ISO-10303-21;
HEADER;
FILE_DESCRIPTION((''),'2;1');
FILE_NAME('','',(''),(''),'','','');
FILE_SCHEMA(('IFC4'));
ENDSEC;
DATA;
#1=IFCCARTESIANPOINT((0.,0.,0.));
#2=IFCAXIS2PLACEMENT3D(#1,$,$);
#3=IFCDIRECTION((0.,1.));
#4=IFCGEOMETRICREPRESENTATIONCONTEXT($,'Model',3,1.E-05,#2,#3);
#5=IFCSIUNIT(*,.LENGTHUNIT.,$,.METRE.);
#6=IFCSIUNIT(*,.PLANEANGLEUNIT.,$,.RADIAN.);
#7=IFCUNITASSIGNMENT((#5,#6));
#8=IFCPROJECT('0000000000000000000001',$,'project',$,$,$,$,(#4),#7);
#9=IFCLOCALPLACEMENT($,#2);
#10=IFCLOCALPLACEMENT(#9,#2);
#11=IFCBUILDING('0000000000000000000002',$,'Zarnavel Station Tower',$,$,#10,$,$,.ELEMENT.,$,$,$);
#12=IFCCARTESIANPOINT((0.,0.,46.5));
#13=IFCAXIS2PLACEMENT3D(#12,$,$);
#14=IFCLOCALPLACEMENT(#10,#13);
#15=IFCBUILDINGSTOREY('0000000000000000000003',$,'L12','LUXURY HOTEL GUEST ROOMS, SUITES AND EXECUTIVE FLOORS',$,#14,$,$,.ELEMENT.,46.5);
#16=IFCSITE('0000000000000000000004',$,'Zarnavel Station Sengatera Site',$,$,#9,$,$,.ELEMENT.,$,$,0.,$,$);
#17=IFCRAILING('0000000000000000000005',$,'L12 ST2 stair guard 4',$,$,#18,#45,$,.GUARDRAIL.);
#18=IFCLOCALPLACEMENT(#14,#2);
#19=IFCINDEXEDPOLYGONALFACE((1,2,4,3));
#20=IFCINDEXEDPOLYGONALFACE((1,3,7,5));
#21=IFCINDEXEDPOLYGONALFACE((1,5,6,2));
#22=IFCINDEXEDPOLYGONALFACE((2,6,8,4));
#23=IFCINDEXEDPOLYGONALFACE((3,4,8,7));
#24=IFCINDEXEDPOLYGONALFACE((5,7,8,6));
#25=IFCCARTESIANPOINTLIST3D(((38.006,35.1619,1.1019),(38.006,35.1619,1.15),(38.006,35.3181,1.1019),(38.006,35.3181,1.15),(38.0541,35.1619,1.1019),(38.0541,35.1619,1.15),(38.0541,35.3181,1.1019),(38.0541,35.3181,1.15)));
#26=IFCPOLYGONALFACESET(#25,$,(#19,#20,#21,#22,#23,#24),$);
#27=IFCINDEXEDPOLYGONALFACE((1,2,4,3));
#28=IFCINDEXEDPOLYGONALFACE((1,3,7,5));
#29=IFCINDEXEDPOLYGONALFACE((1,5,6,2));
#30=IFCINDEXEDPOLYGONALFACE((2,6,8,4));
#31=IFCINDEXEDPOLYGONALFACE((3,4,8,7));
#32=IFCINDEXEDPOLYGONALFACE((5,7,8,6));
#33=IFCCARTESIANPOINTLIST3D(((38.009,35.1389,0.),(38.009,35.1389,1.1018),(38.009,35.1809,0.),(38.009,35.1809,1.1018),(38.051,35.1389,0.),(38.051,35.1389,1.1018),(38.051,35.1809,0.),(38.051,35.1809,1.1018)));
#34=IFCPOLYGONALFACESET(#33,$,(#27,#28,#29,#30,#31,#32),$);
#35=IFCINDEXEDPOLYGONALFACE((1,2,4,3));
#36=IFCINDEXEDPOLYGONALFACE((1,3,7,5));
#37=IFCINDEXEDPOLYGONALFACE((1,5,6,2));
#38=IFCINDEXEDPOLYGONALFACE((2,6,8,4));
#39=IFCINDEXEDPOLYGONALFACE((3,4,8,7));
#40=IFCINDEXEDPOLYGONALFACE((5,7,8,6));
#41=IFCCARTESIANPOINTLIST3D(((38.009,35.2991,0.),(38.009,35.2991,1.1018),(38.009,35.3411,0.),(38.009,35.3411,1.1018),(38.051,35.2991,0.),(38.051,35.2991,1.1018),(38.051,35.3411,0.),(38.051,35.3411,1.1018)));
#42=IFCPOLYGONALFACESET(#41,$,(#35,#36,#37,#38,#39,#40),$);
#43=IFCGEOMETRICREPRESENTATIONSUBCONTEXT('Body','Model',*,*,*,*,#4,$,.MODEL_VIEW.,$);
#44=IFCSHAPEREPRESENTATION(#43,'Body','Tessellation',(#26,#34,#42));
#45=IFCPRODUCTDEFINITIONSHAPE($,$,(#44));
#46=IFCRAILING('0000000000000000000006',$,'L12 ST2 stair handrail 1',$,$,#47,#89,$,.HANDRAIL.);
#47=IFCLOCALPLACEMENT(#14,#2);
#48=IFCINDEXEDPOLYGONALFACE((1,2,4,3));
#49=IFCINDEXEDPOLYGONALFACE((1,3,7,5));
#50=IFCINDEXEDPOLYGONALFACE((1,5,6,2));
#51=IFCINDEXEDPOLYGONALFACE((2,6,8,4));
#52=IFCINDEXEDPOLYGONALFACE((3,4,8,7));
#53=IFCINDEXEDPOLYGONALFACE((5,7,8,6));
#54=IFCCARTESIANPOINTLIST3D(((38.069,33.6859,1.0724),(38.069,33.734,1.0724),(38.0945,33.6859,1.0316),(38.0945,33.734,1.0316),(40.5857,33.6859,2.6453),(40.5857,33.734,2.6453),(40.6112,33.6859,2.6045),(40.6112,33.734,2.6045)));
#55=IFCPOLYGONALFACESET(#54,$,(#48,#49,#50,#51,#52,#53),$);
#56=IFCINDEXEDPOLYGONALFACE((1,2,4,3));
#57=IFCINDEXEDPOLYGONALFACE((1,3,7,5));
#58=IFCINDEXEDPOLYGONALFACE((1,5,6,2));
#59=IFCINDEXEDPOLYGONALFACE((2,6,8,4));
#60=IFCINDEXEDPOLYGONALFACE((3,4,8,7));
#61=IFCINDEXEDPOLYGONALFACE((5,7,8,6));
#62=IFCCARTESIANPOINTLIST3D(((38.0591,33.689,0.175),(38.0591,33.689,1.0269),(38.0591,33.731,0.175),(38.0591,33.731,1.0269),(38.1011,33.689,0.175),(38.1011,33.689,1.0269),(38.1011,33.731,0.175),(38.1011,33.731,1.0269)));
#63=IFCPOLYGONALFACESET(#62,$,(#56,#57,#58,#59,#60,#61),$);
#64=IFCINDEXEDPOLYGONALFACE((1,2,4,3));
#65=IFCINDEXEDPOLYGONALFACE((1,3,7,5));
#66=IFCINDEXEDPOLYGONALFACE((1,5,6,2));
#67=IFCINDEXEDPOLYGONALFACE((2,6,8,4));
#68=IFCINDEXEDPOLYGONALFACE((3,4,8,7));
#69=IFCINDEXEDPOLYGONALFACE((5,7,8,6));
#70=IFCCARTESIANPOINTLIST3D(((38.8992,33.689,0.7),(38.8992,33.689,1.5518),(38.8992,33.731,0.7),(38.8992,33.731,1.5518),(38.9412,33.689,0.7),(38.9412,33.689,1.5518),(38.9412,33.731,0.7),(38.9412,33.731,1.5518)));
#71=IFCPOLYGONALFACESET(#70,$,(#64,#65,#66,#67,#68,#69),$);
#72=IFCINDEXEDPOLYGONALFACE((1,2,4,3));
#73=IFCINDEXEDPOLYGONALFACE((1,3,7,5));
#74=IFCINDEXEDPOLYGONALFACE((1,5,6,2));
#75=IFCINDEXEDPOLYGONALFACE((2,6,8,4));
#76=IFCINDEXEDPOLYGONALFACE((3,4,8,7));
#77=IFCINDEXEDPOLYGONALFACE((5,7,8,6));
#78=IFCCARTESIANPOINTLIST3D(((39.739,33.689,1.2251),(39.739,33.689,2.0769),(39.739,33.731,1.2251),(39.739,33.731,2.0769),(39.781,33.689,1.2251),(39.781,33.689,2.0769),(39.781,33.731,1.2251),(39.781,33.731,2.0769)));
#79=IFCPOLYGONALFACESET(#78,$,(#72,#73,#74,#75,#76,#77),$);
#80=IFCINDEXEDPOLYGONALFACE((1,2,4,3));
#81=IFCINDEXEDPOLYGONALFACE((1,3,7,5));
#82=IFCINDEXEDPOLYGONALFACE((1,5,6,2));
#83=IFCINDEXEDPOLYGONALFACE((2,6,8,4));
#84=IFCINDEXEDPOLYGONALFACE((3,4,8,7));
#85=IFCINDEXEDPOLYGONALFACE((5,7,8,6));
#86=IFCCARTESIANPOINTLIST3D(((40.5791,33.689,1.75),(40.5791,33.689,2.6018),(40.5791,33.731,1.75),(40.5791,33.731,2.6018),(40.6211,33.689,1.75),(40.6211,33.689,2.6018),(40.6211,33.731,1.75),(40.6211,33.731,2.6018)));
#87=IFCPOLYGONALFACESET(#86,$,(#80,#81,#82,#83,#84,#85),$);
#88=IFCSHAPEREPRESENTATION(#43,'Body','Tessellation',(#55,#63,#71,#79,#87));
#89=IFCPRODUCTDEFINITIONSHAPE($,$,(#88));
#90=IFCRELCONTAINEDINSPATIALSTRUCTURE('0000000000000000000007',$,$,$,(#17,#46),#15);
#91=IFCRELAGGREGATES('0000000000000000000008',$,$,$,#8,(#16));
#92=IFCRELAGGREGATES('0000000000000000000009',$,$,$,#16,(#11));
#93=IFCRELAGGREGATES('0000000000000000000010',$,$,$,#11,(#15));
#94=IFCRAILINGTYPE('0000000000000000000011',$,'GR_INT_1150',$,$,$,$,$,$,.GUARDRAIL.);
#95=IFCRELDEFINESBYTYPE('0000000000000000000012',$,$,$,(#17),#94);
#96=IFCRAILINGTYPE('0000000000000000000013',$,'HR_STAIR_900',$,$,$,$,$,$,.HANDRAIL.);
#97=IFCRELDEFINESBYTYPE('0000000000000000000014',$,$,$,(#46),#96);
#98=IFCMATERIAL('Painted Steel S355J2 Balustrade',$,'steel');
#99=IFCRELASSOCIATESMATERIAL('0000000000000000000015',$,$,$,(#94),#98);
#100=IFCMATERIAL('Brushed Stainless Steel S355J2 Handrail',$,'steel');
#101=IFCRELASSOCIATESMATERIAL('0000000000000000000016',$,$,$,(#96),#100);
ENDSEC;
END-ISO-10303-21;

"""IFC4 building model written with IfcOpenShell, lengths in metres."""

from ifc_helpers import new_model, si_unit, direction, frame, origin, origin_2d, place, context, subcontext, project, spatial, rectangle, extrude, material, type_object, element, save


model = new_model("IFC4")

# Units and contexts
model_context = context("Model", 3, precision=1e-05, world=origin(), true_north=direction((0.0, 1.0)))
body_context = subcontext(model_context, "Body", "Model", "MODEL_VIEW")
ifc_project = project(units=[si_unit("LENGTHUNIT", "METRE"), si_unit("PLANEANGLEUNIT", "RADIAN")], contexts=[model_context])

# Site, building, storey
site_placement = place(None, origin())
site = spatial("IfcSite", under=ifc_project, at=site_placement, Name="Zarnavel Station Sengatera Site", CompositionType="ELEMENT", RefElevation=0.0)
building_placement = place(site_placement, origin())
building = spatial("IfcBuilding", under=site, at=building_placement, Name="Zarnavel Station Tower", CompositionType="ELEMENT")
storey_placement = place(building_placement, frame((0.0, 0.0, 46.5)))
storey = spatial("IfcBuildingStorey", under=building, at=storey_placement, Name="L12", Description="LUXURY HOTEL GUEST ROOMS, SUITES AND EXECUTIVE FLOORS", CompositionType="ELEMENT", Elevation=46.5)

# Railings
ifc_material_1 = material(Name="Painted Steel S355J2 Balustrade", Category="steel")
railing_type_1 = type_object("IfcRailingType", Name="GR_INT_1150", PredefinedType="GUARDRAIL", material=ifc_material_1)
railing_1_placement = place(storey_placement, frame((38.03, 35.1599, 0.0)))
element("IfcRailing", 1, at=railing_1_placement, inside=storey, type_object=railing_type_1, Name="L12 ST2 stair guard 4", PredefinedType="GUARDRAIL", context=body_context, shape_type="SweptSolid", body=[
    extrude(rectangle(XDim=0.0481, YDim=0.0481, at=origin_2d()), frame((0.0, 0.002, 1.126), z_axis=(0.0, 1.0, 0.0), x_axis=(-1.0, 0.0, 0.0)), (0.0, 0.0, 1.0), 0.1562),
    extrude(rectangle(XDim=0.042, YDim=0.042, at=origin_2d()), origin(), (0.0, 0.0, 1.0), 1.1018),
    extrude(rectangle(XDim=0.042, YDim=0.042, at=origin_2d()), frame((0.0, 0.1602, 0.0)), (0.0, 0.0, 1.0), 1.1018),
])
ifc_material_2 = material(Name="Brushed Stainless Steel S355J2 Handrail", Category="steel")
railing_type_2 = type_object("IfcRailingType", Name="HR_STAIR_900", PredefinedType="HANDRAIL", material=ifc_material_2)
railing_2_placement = place(storey_placement, frame((38.0801, 33.71, 0.175)))
element("IfcRailing", 2, at=railing_2_placement, inside=storey, type_object=railing_type_2, Name="L12 ST2 stair handrail 1", PredefinedType="HANDRAIL", context=body_context, shape_type="SweptSolid", body=[
    extrude(rectangle(XDim=0.0481, YDim=0.0481, at=origin_2d()), frame((0.0017, 0.0, 0.877), z_axis=(0.848008, 0.0, 0.529984), x_axis=(0.0, 1.0, 0.0)), (0.0, 0.0, 1.0), 2.9678),
    extrude(rectangle(XDim=0.042, YDim=0.042, at=origin_2d()), origin(), (0.0, 0.0, 1.0), 0.8518),
    extrude(rectangle(XDim=0.042, YDim=0.042, at=origin_2d()), frame((0.8401, 0.0, 0.5249)), (0.0, 0.0, 1.0), 0.8518),
    extrude(rectangle(XDim=0.042, YDim=0.042, at=origin_2d()), frame((1.6799, 0.0, 1.05)), (0.0, 0.0, 1.0), 0.8518),
    extrude(rectangle(XDim=0.042, YDim=0.042, at=origin_2d()), frame((2.52, 0.0, 1.575)), (0.0, 0.0, 1.0), 0.8518),
])

save(model, "model.ifc")
